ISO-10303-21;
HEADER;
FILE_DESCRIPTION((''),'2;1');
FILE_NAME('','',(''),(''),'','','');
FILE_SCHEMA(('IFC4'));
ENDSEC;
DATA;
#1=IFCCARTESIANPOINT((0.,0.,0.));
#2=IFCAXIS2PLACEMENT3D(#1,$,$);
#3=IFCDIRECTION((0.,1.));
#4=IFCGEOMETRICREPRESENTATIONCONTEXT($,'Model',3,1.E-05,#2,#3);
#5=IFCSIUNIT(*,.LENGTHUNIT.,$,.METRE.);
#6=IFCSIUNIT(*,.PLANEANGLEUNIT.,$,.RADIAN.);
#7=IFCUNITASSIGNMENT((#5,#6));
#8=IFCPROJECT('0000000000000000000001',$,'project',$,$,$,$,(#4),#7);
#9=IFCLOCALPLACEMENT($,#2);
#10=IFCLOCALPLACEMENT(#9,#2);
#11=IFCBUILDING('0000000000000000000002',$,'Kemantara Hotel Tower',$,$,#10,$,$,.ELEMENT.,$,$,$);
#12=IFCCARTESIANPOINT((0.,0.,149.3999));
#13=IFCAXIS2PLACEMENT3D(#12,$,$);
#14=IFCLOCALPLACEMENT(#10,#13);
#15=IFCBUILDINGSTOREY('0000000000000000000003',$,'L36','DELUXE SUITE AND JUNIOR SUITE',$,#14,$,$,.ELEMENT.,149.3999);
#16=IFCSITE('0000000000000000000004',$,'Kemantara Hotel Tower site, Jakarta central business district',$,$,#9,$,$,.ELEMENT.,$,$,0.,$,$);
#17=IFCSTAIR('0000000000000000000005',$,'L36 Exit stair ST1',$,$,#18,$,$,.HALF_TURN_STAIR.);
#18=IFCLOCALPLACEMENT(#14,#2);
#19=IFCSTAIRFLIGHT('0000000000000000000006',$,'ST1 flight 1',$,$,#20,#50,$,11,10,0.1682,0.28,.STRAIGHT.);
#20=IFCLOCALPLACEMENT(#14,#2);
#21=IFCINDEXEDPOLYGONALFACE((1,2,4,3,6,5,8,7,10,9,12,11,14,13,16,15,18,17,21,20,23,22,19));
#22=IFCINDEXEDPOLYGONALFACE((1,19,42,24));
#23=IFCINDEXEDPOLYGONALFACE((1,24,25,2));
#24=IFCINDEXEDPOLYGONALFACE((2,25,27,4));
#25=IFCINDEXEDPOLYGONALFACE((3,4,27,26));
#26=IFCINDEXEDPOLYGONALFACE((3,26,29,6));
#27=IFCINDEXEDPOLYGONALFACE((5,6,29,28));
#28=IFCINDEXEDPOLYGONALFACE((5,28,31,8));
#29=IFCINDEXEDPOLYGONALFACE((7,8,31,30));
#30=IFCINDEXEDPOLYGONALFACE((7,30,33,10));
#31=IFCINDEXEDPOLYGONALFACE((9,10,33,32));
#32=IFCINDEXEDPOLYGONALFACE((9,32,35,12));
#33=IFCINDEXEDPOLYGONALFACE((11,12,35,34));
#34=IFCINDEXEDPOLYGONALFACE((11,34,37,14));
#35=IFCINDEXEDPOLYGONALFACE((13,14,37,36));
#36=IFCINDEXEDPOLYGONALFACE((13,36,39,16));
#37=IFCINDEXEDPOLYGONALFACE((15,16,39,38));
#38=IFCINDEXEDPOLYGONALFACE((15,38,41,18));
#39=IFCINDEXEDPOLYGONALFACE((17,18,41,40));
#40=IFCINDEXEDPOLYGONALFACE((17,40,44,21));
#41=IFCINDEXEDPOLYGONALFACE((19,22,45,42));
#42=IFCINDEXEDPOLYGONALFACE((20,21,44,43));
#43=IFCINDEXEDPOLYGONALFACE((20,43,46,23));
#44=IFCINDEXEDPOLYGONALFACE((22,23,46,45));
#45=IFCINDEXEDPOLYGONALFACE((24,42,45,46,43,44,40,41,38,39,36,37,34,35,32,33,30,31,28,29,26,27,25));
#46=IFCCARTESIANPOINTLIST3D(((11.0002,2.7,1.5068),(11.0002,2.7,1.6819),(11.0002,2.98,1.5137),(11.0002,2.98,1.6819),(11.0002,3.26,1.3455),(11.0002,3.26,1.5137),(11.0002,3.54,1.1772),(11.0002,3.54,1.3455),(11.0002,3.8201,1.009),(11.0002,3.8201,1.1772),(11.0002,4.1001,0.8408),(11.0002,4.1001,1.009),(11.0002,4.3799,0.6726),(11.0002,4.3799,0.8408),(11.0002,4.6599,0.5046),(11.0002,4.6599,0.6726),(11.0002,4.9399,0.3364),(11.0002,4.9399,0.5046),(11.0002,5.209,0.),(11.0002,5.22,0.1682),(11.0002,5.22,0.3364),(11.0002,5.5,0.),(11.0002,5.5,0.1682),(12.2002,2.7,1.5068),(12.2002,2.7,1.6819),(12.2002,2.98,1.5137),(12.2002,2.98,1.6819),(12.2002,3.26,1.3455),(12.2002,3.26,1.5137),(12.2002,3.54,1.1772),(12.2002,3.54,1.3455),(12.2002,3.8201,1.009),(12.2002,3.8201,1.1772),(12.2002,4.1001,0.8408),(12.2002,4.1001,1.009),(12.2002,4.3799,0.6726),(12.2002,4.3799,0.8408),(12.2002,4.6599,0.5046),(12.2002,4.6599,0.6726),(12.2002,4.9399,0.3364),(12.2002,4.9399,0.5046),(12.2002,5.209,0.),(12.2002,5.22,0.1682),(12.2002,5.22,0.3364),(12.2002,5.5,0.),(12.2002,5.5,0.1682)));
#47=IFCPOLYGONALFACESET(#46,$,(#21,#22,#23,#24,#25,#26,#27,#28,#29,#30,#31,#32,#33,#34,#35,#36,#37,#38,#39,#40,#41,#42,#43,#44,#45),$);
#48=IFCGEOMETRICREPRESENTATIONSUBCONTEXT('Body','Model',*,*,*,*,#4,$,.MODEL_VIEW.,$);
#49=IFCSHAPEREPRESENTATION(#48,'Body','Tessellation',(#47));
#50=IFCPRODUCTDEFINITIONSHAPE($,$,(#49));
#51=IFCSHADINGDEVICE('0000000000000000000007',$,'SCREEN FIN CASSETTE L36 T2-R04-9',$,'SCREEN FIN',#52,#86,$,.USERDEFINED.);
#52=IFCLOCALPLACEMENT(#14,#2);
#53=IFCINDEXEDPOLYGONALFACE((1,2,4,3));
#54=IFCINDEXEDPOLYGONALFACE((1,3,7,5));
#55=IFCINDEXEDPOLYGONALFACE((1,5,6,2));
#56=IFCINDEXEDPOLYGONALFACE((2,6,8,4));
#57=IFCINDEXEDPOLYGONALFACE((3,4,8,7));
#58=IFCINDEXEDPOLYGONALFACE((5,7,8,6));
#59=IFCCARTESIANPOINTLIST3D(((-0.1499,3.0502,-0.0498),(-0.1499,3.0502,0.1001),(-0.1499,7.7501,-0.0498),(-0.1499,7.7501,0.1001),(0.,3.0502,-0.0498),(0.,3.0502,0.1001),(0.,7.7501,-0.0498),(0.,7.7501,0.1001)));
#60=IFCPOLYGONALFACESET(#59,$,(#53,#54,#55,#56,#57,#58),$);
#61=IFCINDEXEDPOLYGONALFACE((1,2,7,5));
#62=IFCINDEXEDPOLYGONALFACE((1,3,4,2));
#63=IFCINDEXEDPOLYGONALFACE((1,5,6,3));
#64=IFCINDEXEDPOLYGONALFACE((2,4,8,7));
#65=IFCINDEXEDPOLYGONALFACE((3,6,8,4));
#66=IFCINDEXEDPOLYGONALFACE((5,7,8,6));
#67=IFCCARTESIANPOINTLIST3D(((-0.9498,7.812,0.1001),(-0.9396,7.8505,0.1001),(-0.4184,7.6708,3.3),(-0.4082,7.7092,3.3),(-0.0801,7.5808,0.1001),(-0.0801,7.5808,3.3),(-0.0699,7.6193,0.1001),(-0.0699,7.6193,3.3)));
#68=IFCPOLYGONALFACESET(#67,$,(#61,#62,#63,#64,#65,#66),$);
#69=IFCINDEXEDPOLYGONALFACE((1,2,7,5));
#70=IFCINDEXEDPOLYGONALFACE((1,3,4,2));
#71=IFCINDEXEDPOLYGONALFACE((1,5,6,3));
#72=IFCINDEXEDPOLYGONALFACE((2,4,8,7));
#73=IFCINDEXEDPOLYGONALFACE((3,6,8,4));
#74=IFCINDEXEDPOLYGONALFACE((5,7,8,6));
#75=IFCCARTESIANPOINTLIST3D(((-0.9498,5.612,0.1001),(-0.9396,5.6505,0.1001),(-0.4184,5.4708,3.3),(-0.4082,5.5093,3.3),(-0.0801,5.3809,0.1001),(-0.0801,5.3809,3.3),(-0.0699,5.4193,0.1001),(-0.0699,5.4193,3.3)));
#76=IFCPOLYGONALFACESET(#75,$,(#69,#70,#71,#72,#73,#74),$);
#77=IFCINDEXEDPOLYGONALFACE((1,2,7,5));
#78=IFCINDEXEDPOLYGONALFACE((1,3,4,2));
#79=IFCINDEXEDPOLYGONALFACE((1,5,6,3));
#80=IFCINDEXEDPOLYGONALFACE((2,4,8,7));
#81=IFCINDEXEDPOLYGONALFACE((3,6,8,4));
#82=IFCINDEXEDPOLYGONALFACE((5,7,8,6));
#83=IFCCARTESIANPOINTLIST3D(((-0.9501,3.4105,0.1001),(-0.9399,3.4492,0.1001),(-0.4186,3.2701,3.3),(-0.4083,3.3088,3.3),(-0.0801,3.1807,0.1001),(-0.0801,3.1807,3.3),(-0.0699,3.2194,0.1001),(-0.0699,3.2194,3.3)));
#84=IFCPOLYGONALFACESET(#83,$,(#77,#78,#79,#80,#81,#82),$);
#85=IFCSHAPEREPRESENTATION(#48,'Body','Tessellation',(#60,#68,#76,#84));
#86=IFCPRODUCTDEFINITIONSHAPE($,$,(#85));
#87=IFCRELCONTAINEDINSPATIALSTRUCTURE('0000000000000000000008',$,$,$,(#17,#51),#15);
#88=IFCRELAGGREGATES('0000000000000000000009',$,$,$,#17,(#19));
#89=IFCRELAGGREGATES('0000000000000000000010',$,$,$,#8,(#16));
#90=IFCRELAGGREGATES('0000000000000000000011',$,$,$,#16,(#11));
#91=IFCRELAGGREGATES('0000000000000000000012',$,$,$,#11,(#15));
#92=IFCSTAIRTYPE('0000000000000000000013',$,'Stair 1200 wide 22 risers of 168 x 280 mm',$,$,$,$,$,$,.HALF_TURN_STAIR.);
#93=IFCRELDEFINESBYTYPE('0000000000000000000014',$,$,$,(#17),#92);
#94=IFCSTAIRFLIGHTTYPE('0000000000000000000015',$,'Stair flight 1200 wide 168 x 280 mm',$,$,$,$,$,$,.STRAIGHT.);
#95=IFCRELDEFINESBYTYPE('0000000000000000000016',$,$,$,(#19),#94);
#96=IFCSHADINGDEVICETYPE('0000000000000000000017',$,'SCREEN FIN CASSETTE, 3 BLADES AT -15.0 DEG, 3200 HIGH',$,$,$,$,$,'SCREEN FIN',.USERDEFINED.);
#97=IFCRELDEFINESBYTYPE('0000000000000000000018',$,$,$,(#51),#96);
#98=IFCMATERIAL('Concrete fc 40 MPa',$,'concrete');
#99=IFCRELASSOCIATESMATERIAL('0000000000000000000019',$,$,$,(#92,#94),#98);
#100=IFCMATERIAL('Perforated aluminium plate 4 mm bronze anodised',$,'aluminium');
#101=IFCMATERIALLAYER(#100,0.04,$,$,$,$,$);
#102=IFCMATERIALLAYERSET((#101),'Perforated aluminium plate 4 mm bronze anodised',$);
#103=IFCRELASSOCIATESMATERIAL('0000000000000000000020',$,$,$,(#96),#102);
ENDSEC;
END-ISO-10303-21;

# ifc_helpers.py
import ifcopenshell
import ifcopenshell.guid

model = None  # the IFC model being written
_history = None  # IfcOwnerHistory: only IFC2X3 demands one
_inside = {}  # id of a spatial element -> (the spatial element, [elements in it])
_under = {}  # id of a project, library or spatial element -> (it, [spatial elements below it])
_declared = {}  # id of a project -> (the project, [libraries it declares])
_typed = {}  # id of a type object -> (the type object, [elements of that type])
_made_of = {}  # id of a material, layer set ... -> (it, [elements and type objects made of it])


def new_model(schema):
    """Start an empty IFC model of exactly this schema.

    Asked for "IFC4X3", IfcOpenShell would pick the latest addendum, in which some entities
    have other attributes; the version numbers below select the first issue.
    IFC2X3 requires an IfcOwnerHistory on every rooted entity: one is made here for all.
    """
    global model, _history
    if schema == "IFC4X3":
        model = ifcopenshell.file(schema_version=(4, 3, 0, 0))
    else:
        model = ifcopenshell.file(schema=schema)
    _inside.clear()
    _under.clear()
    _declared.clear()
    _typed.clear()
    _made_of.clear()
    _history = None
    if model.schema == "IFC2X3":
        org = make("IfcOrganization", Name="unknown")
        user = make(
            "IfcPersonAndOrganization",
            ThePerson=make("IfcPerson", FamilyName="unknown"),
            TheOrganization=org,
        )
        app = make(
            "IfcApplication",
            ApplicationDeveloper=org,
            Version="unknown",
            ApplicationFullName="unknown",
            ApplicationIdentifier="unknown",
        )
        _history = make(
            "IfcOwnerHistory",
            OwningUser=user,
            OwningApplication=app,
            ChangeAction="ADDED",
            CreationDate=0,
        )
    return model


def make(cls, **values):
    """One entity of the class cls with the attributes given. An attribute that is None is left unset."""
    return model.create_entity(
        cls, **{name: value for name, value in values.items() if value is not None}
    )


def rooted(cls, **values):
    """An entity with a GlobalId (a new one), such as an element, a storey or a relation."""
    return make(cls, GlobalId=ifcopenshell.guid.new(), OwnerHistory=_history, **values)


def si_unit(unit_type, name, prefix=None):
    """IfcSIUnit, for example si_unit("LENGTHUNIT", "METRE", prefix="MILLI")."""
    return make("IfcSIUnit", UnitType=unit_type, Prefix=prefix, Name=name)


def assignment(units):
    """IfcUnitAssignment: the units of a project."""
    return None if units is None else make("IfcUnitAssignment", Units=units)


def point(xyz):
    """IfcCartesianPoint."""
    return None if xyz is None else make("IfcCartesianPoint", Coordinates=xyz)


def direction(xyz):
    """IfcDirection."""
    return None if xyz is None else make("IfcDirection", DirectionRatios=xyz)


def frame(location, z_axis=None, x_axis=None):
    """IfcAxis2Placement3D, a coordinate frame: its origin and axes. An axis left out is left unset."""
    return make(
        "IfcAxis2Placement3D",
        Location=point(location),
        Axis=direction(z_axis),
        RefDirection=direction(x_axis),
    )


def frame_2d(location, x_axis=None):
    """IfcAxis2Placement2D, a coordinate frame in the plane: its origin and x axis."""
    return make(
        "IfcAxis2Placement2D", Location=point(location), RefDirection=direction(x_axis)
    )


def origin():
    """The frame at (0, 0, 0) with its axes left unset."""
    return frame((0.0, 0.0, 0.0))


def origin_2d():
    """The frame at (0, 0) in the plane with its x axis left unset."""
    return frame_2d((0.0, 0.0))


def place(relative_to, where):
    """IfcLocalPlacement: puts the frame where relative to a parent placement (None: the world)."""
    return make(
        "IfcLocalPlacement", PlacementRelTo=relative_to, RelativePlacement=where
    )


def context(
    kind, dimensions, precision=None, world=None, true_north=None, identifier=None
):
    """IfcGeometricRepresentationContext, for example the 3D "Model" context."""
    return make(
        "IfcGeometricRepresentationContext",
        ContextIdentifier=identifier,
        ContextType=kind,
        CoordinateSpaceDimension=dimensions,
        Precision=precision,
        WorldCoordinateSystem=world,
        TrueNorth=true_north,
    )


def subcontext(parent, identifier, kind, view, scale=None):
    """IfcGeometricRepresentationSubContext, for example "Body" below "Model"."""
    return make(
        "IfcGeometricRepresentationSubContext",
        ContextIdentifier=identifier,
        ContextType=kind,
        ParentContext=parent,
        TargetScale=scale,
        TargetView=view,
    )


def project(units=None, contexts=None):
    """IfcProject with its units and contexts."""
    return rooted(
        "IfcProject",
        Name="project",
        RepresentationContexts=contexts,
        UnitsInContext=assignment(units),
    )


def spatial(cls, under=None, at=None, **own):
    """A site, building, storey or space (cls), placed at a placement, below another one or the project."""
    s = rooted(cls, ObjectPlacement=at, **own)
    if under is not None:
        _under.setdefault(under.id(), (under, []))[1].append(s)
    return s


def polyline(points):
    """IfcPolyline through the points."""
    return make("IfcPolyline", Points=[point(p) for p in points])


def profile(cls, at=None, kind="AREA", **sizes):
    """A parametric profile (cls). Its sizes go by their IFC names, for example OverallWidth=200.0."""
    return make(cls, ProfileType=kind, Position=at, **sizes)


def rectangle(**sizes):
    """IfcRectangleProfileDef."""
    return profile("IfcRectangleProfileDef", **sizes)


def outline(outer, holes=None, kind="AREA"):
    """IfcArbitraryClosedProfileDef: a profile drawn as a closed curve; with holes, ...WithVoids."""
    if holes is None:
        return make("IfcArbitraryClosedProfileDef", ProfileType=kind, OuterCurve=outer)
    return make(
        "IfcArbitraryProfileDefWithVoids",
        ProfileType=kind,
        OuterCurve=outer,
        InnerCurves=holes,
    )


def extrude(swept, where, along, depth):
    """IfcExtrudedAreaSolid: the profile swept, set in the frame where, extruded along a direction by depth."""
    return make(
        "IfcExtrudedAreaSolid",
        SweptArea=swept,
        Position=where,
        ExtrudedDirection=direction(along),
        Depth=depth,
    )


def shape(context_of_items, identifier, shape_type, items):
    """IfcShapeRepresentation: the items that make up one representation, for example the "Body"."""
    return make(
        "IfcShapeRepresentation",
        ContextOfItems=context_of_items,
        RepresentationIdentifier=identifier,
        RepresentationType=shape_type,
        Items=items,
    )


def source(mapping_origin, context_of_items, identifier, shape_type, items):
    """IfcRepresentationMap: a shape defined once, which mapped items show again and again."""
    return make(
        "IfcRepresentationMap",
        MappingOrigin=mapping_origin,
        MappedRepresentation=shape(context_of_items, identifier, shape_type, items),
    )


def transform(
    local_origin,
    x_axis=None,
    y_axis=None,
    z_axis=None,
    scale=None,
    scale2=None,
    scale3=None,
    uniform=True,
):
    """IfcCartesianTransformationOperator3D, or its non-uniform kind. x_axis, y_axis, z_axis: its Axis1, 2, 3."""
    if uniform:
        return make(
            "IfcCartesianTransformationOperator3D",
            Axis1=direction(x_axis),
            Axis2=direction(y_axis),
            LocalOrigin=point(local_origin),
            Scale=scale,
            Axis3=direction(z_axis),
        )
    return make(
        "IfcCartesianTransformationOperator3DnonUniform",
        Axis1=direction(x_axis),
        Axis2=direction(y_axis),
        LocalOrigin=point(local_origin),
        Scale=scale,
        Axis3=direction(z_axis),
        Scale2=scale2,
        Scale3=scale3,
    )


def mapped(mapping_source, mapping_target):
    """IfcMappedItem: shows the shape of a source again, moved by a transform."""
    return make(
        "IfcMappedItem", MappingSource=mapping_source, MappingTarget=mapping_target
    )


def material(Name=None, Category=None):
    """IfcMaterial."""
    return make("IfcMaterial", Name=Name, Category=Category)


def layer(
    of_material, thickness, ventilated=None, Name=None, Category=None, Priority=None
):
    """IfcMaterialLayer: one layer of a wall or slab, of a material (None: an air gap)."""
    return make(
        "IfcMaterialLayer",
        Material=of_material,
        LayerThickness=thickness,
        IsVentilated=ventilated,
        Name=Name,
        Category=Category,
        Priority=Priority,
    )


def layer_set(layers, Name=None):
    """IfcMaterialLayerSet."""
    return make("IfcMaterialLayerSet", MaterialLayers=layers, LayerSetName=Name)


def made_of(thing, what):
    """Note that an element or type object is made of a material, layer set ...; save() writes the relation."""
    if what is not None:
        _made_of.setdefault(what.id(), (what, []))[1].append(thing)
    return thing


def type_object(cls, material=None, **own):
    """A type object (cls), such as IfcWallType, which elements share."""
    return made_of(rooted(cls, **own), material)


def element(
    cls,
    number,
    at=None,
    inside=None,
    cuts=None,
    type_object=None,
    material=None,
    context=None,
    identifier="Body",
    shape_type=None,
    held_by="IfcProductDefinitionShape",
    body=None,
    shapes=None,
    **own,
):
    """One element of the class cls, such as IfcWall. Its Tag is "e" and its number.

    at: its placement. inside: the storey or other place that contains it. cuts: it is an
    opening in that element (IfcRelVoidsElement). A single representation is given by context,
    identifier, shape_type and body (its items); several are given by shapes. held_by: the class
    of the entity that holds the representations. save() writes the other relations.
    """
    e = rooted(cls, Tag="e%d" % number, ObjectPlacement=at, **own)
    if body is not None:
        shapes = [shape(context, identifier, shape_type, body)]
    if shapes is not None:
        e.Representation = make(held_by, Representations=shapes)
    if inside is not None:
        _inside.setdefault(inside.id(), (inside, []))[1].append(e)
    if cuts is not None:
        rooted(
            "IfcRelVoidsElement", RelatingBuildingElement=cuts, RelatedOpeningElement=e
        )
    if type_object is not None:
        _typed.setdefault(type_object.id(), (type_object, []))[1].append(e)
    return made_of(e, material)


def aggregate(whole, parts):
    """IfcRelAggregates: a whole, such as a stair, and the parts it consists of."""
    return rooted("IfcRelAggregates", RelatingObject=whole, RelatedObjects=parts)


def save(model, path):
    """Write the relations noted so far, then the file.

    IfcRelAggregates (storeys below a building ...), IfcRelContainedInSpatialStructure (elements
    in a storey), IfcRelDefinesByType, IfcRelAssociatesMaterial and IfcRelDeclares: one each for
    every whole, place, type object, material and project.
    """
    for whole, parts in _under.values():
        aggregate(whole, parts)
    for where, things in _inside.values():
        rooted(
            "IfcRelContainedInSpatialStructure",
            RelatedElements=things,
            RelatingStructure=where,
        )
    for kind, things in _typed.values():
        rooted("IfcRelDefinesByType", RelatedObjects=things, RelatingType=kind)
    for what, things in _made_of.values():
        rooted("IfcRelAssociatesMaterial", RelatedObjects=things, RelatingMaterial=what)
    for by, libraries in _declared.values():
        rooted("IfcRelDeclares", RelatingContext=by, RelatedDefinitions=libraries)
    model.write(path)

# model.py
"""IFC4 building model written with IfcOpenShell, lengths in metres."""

from ifc_helpers import new_model, si_unit, direction, frame, origin, origin_2d, place, context, subcontext, project, spatial, polyline, rectangle, outline, extrude, source, transform, mapped, material, layer, layer_set, type_object, element, aggregate, save


model = new_model("IFC4")

# Units and contexts
model_context = context("Model", 3, precision=1e-05, world=origin(), true_north=direction((0.0, 1.0)))
body_context = subcontext(model_context, "Body", "Model", "MODEL_VIEW")
ifc_project = project(units=[si_unit("LENGTHUNIT", "METRE"), si_unit("PLANEANGLEUNIT", "RADIAN")], contexts=[model_context])

# Site, building, storey
site_placement = place(None, origin())
site = spatial("IfcSite", under=ifc_project, at=site_placement, Name="Kemantara Hotel Tower site, Jakarta central business district", CompositionType="ELEMENT", RefElevation=0.0)
building_placement = place(site_placement, origin())
building = spatial("IfcBuilding", under=site, at=building_placement, Name="Kemantara Hotel Tower", CompositionType="ELEMENT")
storey_placement = place(building_placement, frame((0.0, 0.0, 149.3999)))
storey = spatial("IfcBuildingStorey", under=building, at=storey_placement, Name="L36", Description="DELUXE SUITE AND JUNIOR SUITE", CompositionType="ELEMENT", Elevation=149.3999)

# Stair, stair flight
ifc_material_1 = material(Name="Concrete fc 40 MPa", Category="concrete")
stair_type = type_object("IfcStairType", Name="Stair 1200 wide 22 risers of 168 x 280 mm", PredefinedType="HALF_TURN_STAIR", material=ifc_material_1)
stair_placement = place(storey_placement, origin())
stair = element("IfcStair", 1, at=stair_placement, inside=storey, type_object=stair_type, Name="L36 Exit stair ST1", PredefinedType="HALF_TURN_STAIR")
stair_flight_type = type_object("IfcStairFlightType", Name="Stair flight 1200 wide 168 x 280 mm", PredefinedType="STRAIGHT", material=ifc_material_1)
stair_flight_placement = place(storey_placement, frame((11.6001, 5.5, 0.0), z_axis=(0.0, 0.0, 1.0), x_axis=(0.0, -1.0, 0.0)))
stair_flight = element("IfcStairFlight", 2, at=stair_flight_placement, type_object=stair_flight_type, Name="ST1 flight 1", NumberOfRisers=11, NumberOfTreads=10, PredefinedType="STRAIGHT", RiserHeight=0.1682, TreadLength=0.28, context=body_context, shape_type="SweptSolid", body=[
    extrude(outline(polyline([(0.0, 0.0), (0.0, 0.1682), (0.28, 0.1682), (0.28, 0.3364), (0.5601, 0.3364), (0.5601, 0.5046), (0.8401, 0.5046), (0.8401, 0.6726), (1.1201, 0.6726), (1.1201, 0.8408), (1.3999, 0.8408), (1.3999, 1.009), (1.6799, 1.009), (1.6799, 1.1772), (1.96, 1.1772), (1.96, 1.3455), (2.24, 1.3455), (2.24, 1.5137), (2.52, 1.5137), (2.52, 1.6819), (2.8, 1.6819), (2.8, 1.8501), (2.8, 1.5068), (0.291, 0.0), (0.0, 0.0)])), frame((0.0, 0.6001, 0.0), z_axis=(0.0, -1.0, 0.0), x_axis=(1.0, 0.0, 0.0)), (0.0, 0.0, 1.0), 1.2),
])
aggregate(stair, [stair_flight])

# Shading device
ifc_material_2 = material(Name="Perforated aluminium plate 4 mm bronze anodised", Category="aluminium")
ifc_layer_1 = layer(ifc_material_2, 0.04)
ifc_layer_set_1 = layer_set([ifc_layer_1], Name="Perforated aluminium plate 4 mm bronze anodised")
shading_device_type = type_object("IfcShadingDeviceType", Name="SCREEN FIN CASSETTE, 3 BLADES AT -15.0 DEG, 3200 HIGH", ElementType="SCREEN FIN", PredefinedType="USERDEFINED", material=ifc_layer_set_1)
shared_shape = source(origin(), body_context, "Body", "SweptSolid", [
    extrude(rectangle(XDim=4.7, YDim=0.1499, at=origin_2d()), frame((2.2, -0.075, -0.1499), z_axis=(0.0, 0.0, 1.0), x_axis=(1.0, 0.0, 0.0)), (0.0, 0.0, 1.0), 0.1499),
    extrude(outline(polyline([(0.0, 0.0), (0.8999, 0.0), (0.3501, 3.2), (0.0, 3.2), (0.0, 0.0)])), frame((0.0193, -0.0801, 0.0), z_axis=(-0.966438, 0.256901, 0.0), x_axis=(-0.256901, -0.966438, 0.0)), (0.0, 0.0, 1.0), 0.0398),
    extrude(outline(polyline([(0.0, 0.0), (0.8999, 0.0), (0.3501, 3.2), (0.0, 3.2), (0.0, 0.0)])), frame((2.2192, -0.0801, 0.0), z_axis=(-0.966438, 0.256901, 0.0), x_axis=(-0.256901, -0.966438, 0.0)), (0.0, 0.0, 1.0), 0.0398),
    extrude(outline(polyline([(0.0, 0.0), (0.8999, 0.0), (0.3501, 3.2), (0.0, 3.2), (0.0, 0.0)])), frame((4.4194, -0.0801, 0.0), z_axis=(-0.966838, 0.255391, 0.0), x_axis=(-0.255391, -0.966838, 0.0)), (0.0, 0.0, 1.0), 0.04),
])
shading_device_placement = place(storey_placement, frame((0.0, 7.6001, 0.1001), z_axis=(0.0, 0.0, 1.0), x_axis=(0.0, -1.0, 0.0)))
element("IfcShadingDevice", 3, at=shading_device_placement, inside=storey, type_object=shading_device_type, Name="SCREEN FIN CASSETTE L36 T2-R04-9", ObjectType="SCREEN FIN", PredefinedType="USERDEFINED", context=body_context, shape_type="MappedRepresentation", body=[
    mapped(shared_shape, transform((0.0, 0.0, 0.0))),
])

save(model, "model.ifc")
